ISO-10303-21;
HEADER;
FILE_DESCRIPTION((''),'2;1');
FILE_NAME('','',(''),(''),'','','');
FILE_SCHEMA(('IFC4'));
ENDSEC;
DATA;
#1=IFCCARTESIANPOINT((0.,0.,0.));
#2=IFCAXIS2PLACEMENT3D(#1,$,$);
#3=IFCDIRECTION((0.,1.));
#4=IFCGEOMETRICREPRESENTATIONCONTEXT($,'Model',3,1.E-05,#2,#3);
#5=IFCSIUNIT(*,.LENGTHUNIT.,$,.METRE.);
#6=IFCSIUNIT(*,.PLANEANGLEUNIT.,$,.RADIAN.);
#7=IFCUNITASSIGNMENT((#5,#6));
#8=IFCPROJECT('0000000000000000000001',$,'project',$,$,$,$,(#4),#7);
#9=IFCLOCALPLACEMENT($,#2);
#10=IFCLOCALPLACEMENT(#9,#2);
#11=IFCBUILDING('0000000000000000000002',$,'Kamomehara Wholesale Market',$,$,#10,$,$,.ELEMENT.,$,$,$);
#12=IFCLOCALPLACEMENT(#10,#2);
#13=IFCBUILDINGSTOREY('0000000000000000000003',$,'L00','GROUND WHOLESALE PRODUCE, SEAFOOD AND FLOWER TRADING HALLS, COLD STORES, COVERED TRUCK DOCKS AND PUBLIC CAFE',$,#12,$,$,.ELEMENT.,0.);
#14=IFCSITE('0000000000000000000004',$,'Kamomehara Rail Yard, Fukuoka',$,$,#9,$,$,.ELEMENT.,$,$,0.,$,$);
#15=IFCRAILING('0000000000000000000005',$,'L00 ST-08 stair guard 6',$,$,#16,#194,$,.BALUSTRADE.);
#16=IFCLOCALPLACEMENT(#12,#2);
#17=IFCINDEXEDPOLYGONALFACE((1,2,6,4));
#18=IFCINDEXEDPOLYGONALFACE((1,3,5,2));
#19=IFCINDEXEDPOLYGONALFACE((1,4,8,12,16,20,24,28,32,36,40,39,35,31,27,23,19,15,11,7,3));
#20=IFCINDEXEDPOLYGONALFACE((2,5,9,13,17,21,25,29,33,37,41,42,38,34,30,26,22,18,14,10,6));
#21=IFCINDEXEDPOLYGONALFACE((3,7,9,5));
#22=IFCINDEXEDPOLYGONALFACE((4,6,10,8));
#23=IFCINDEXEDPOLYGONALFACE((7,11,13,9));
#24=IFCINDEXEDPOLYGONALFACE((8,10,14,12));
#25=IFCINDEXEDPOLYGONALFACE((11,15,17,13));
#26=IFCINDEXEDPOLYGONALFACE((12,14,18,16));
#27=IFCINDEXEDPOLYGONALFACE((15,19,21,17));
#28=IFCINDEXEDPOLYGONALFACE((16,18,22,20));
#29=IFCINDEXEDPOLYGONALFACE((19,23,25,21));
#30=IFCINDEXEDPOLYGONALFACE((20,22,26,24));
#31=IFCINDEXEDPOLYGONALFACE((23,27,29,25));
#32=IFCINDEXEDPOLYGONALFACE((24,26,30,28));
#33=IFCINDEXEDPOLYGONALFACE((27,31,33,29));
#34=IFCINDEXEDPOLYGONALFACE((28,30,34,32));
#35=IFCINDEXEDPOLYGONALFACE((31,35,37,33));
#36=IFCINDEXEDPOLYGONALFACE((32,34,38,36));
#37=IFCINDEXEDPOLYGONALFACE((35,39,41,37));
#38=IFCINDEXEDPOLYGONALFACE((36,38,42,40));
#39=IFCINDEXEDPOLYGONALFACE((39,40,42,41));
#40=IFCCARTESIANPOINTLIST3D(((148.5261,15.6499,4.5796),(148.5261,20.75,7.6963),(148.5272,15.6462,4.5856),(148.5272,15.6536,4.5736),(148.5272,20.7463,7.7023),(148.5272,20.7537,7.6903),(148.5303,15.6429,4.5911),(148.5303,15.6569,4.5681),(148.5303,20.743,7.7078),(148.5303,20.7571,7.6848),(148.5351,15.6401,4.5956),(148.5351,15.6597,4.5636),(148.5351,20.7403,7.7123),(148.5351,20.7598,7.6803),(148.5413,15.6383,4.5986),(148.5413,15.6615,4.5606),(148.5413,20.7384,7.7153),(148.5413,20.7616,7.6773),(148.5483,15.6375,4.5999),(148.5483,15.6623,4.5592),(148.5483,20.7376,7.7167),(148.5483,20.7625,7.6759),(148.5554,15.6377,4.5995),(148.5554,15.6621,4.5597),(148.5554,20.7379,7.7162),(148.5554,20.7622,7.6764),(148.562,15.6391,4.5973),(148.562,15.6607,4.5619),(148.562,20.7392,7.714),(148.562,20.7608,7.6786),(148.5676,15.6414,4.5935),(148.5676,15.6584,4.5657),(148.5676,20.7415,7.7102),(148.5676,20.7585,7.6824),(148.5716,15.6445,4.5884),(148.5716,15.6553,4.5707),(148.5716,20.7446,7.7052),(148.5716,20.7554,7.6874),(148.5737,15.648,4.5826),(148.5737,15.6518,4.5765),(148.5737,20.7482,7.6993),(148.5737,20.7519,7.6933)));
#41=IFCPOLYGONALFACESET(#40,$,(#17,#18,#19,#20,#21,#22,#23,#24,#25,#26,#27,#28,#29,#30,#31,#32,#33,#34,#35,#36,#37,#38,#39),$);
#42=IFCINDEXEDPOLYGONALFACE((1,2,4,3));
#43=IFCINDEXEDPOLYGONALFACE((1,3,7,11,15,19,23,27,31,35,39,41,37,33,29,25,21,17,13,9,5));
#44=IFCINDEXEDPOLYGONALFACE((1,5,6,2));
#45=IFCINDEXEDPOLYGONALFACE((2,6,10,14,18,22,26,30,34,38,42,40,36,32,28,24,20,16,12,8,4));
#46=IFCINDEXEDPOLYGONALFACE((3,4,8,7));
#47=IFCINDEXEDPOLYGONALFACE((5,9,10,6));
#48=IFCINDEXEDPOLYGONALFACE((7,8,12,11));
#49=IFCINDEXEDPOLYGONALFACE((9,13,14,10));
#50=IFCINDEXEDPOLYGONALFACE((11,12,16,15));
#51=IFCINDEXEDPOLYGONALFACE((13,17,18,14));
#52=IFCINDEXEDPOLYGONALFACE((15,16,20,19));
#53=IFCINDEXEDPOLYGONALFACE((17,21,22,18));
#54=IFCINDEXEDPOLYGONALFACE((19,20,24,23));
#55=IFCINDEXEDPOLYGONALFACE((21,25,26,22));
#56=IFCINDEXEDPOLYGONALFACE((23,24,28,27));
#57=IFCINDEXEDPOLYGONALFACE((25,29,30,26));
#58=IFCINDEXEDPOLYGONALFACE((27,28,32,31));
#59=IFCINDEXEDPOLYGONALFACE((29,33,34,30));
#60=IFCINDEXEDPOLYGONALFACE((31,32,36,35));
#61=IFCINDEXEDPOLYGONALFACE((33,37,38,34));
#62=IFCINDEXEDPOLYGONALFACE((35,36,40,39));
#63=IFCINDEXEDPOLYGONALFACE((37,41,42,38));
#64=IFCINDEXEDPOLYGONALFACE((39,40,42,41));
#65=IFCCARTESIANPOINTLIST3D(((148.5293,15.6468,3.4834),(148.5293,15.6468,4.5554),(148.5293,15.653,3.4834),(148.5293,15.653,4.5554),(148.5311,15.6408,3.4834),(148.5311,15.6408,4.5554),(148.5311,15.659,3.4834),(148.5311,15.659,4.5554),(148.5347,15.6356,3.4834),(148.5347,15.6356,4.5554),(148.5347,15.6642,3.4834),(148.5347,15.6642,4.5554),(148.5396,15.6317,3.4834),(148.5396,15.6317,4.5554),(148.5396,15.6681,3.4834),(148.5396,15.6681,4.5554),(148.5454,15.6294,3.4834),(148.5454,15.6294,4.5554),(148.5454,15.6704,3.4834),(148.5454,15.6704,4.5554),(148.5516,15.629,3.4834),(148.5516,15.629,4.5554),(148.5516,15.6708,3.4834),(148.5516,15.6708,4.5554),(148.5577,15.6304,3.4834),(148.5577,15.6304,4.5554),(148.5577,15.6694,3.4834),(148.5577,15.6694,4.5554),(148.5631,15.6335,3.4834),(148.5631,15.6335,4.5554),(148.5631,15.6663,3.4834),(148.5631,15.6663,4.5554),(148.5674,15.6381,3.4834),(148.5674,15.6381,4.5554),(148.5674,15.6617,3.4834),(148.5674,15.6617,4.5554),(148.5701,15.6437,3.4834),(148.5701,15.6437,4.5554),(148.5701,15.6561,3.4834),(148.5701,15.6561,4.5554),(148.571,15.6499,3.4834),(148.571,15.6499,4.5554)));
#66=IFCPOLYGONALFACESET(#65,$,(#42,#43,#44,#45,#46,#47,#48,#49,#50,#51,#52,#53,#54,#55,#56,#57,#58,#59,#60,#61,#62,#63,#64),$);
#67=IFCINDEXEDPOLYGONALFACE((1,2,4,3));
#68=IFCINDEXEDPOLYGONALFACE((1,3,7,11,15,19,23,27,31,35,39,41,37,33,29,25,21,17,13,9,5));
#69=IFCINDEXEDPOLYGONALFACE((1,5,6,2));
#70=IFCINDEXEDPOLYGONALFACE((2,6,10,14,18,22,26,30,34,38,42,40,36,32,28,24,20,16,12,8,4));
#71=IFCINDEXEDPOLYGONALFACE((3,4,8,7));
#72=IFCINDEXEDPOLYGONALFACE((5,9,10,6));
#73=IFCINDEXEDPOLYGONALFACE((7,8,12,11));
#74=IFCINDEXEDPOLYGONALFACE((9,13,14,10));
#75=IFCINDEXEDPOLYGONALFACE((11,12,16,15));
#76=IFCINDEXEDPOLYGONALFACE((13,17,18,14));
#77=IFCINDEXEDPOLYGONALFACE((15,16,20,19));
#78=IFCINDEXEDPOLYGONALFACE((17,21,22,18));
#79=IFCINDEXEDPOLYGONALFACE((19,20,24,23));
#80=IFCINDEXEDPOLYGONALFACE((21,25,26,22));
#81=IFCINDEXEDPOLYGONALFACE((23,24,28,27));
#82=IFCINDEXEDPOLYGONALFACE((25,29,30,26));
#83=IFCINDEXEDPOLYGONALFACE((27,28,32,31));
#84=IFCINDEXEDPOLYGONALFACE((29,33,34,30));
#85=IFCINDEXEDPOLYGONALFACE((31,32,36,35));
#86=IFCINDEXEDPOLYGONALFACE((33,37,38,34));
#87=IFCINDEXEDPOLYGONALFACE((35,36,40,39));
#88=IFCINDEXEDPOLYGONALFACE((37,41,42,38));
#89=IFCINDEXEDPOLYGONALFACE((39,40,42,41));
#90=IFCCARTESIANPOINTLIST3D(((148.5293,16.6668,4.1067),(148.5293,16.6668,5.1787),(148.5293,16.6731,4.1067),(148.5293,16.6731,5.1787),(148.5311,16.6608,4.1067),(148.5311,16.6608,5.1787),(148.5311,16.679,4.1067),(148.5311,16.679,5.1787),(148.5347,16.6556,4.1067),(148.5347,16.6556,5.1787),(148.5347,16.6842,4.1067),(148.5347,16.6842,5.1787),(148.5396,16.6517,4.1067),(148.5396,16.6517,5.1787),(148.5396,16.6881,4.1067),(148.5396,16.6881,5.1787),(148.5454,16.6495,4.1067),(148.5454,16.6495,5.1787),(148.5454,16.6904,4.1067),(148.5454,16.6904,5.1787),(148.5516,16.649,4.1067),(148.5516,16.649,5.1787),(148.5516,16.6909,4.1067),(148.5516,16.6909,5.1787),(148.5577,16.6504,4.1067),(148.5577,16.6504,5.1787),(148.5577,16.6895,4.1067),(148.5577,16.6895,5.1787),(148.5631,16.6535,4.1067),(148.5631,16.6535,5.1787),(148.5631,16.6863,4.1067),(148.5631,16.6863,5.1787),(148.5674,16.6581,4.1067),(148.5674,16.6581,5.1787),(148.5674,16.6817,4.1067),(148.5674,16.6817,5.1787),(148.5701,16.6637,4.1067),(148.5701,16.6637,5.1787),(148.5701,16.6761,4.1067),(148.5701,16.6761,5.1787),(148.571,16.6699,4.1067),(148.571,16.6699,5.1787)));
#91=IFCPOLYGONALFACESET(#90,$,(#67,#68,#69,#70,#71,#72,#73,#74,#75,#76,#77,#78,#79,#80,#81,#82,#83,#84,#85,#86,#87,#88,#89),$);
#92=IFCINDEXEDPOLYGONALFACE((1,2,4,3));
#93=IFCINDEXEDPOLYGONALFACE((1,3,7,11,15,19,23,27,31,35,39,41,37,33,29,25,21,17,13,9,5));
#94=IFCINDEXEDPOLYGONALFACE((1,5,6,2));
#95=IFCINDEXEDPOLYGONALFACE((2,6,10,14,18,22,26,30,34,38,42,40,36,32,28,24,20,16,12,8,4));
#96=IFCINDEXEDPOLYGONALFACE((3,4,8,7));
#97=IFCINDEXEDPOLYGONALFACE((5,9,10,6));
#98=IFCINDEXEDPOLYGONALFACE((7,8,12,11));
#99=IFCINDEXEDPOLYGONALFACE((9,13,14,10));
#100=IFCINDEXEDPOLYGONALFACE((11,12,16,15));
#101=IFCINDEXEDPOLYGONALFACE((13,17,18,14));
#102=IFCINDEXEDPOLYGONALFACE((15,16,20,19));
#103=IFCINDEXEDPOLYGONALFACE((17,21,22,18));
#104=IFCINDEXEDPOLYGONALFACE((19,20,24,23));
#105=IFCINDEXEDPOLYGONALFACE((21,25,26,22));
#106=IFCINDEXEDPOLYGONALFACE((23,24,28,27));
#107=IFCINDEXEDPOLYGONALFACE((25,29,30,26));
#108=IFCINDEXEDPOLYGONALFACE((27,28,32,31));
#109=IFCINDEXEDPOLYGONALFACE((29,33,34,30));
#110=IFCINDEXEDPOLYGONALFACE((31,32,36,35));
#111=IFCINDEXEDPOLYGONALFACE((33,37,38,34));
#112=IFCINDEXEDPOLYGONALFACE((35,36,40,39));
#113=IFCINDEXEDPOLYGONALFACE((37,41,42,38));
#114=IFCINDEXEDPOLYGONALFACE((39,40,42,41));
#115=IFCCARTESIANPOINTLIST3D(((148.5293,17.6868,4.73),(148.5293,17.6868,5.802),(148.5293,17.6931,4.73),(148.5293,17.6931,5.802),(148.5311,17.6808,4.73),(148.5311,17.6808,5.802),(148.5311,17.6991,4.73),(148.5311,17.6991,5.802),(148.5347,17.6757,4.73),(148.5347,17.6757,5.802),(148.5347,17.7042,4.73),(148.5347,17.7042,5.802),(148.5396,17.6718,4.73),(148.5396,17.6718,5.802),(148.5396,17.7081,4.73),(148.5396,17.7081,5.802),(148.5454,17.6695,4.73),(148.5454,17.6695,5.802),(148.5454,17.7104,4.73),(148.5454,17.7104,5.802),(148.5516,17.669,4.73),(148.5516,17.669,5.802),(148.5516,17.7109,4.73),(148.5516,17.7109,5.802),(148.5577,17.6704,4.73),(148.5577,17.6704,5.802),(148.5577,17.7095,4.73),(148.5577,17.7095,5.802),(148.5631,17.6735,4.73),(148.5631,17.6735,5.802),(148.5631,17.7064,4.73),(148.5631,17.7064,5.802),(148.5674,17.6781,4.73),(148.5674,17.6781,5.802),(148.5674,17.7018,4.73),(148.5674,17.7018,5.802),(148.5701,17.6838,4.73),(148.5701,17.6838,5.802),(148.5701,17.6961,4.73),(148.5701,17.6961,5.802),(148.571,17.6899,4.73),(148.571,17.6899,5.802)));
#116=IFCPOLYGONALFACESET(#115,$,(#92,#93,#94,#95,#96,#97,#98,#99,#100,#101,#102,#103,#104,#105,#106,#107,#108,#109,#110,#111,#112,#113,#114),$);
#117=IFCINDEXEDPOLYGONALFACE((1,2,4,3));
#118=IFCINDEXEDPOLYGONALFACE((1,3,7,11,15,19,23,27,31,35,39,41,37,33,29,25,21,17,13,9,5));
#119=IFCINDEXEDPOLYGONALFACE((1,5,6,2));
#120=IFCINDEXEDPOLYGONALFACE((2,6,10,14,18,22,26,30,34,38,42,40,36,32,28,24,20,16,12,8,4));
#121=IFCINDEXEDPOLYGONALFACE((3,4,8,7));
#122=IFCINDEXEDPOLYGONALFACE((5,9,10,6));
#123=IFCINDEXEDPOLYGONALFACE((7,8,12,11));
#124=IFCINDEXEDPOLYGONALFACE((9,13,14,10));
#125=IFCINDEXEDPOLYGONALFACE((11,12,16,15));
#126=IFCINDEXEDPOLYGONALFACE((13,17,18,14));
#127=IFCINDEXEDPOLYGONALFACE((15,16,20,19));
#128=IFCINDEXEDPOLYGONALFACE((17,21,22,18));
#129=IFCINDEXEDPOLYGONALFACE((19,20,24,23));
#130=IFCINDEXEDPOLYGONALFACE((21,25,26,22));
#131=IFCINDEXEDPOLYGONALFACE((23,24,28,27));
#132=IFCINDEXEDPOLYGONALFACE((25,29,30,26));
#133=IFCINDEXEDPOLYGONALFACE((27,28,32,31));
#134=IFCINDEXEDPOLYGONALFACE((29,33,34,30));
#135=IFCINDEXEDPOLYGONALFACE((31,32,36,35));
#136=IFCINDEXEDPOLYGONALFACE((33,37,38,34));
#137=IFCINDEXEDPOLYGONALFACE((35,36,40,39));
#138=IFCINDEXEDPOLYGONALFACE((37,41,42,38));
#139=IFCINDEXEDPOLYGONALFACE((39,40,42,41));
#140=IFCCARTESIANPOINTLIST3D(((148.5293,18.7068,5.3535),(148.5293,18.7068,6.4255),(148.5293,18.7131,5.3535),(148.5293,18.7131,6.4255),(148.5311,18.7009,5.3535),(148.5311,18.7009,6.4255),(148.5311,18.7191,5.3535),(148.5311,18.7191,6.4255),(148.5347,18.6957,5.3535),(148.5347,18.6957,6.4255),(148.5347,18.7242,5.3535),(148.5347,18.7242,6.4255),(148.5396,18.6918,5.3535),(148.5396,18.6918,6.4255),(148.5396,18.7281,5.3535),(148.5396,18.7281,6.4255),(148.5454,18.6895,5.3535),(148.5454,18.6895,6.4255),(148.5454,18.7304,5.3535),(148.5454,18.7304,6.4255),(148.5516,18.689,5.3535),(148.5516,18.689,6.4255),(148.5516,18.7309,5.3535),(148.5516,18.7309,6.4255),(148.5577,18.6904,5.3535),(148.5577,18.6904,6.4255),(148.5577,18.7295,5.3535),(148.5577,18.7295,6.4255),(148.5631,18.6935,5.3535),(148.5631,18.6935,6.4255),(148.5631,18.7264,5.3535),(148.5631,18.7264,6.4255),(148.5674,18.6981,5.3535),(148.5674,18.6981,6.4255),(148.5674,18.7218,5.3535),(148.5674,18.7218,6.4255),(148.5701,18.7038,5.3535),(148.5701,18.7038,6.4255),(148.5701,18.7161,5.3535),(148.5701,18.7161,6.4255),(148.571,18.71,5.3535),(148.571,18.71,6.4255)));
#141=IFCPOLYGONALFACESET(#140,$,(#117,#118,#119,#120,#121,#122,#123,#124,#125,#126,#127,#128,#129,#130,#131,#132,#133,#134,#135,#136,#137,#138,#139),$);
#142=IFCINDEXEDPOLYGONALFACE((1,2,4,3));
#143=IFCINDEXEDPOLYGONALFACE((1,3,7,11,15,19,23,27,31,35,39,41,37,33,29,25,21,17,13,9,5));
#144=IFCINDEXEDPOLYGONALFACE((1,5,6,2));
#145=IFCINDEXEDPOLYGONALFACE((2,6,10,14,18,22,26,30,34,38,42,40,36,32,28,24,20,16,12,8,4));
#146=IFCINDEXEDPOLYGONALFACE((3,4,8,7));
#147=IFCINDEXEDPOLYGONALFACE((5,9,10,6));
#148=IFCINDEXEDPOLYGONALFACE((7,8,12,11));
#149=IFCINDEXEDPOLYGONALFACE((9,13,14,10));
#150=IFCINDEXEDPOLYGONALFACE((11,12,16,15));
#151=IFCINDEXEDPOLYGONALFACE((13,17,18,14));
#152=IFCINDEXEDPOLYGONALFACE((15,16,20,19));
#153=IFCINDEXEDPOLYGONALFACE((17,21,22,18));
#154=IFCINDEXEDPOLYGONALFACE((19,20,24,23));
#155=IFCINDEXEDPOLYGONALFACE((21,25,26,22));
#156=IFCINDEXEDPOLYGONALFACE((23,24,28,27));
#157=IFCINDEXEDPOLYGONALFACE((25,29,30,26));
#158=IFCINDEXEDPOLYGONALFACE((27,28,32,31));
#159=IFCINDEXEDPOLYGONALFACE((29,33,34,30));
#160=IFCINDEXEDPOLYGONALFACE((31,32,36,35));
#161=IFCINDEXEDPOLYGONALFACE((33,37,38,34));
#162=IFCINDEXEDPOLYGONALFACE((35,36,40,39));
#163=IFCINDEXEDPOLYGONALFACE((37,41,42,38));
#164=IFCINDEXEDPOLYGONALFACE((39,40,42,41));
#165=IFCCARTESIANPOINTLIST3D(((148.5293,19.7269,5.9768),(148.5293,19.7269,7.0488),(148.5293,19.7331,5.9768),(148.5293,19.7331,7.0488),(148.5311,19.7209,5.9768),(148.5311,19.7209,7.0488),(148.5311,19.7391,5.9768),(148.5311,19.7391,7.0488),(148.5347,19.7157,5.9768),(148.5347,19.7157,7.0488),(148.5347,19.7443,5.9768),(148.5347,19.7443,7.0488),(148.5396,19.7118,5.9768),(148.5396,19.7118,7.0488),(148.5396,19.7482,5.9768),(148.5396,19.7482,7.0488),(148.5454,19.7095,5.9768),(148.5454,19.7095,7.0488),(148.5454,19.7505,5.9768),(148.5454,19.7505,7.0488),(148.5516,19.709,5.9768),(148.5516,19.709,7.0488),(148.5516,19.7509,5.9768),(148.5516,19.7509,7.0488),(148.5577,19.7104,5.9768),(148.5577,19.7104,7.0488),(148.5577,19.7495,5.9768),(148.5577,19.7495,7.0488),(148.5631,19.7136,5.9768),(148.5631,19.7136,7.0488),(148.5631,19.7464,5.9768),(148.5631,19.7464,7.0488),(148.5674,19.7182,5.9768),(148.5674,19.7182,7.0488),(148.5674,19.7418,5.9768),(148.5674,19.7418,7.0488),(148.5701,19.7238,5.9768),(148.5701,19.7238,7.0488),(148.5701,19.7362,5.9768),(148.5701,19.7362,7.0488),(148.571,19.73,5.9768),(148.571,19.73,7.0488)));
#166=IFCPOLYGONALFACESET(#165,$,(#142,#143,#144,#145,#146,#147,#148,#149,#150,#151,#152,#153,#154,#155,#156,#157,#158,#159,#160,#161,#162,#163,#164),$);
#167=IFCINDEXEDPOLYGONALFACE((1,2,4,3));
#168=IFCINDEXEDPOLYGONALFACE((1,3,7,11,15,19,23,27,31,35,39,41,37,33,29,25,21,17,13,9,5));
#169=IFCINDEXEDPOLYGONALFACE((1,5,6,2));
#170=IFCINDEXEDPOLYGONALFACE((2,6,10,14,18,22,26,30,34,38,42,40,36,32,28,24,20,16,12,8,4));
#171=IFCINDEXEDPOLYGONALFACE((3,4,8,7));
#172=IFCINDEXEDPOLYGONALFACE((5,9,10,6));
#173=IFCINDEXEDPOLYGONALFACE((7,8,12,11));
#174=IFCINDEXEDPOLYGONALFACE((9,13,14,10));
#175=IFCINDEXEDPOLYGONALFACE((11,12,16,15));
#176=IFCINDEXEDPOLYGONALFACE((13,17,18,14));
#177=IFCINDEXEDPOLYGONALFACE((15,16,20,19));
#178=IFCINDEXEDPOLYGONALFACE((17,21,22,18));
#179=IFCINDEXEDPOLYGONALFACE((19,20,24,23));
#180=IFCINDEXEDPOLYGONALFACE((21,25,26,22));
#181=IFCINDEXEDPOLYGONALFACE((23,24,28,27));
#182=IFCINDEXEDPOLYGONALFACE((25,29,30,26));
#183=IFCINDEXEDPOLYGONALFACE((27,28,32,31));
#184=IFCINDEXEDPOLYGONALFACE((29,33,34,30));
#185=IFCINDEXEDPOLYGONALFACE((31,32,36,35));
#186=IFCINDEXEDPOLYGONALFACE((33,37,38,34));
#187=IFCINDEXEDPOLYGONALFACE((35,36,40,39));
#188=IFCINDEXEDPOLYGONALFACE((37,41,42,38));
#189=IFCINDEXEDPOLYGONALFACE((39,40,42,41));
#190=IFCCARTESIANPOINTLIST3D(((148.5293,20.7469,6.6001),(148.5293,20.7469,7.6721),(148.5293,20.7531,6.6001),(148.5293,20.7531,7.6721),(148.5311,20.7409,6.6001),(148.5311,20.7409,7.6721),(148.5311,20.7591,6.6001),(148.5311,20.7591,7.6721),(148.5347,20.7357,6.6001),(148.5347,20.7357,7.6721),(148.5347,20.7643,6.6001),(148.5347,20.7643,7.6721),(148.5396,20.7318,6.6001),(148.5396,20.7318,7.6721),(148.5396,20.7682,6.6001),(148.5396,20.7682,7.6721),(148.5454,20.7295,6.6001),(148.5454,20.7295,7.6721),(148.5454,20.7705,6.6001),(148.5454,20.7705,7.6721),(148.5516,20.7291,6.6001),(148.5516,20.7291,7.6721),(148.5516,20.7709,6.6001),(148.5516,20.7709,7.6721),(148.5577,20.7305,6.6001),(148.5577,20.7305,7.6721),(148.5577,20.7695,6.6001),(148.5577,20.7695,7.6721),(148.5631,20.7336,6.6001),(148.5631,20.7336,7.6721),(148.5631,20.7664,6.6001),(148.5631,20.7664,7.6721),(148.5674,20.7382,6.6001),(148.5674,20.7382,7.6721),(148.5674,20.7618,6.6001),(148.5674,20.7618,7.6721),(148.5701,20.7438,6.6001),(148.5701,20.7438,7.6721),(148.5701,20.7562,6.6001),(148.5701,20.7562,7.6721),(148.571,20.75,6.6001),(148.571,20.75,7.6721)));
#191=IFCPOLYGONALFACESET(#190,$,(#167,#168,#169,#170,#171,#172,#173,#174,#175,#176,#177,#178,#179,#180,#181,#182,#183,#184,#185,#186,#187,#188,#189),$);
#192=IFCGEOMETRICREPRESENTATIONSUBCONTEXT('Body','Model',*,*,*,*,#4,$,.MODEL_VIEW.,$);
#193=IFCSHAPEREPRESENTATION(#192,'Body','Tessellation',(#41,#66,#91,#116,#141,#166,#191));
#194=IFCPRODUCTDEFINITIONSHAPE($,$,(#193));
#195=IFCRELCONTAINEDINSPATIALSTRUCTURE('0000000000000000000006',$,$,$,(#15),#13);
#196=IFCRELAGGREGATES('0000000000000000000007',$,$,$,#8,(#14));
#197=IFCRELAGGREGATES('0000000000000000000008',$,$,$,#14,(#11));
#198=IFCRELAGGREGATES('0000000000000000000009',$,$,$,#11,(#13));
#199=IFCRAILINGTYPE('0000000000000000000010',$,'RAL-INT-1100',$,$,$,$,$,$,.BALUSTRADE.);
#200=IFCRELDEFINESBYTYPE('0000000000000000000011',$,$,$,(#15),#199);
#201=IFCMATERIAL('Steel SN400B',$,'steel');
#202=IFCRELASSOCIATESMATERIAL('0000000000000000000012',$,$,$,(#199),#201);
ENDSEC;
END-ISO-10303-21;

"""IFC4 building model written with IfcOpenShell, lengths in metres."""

from ifc_helpers import new_model, si_unit, direction, frame, origin, origin_2d, place, context, subcontext, project, spatial, circle, extrude, material, type_object, element, save


model = new_model("IFC4")

# Units and contexts
model_context = context("Model", 3, precision=1e-05, world=origin(), true_north=direction((0.0, 1.0)))
body_context = subcontext(model_context, "Body", "Model", "MODEL_VIEW")
ifc_project = project(units=[si_unit("LENGTHUNIT", "METRE"), si_unit("PLANEANGLEUNIT", "RADIAN")], contexts=[model_context])

# Site, building, storey
site_placement = place(None, origin())
site = spatial("IfcSite", under=ifc_project, at=site_placement, Name="Kamomehara Rail Yard, Fukuoka", CompositionType="ELEMENT", RefElevation=0.0)
building_placement = place(site_placement, origin())
building = spatial("IfcBuilding", under=site, at=building_placement, Name="Kamomehara Wholesale Market", CompositionType="ELEMENT")
storey_placement = place(building_placement, origin())
storey = spatial("IfcBuildingStorey", under=building, at=storey_placement, Name="L00", Description="GROUND WHOLESALE PRODUCE, SEAFOOD AND FLOWER TRADING HALLS, COLD STORES, COVERED TRUCK DOCKS AND PUBLIC CAFE", CompositionType="ELEMENT", Elevation=0.0)

# Railing
ifc_material_1 = material(Name="Steel SN400B", Category="steel")
railing_type_1 = type_object("IfcRailingType", Name="RAL-INT-1100", PredefinedType="BALUSTRADE", material=ifc_material_1)
railing_1_placement = place(storey_placement, frame((148.55, 15.6499, 3.4834)))
element("IfcRailing", 1, at=railing_1_placement, inside=storey, type_object=railing_type_1, Name="L00 ST-08 stair guard 6", PredefinedType="BALUSTRADE", context=body_context, shape_type="SweptSolid", body=[
    extrude(circle(Radius=0.0239, at=origin_2d()), frame((0.0, 0.0, 1.0962), z_axis=(0.0, 0.853284, 0.521447), x_axis=(-1.0, 0.0, 0.0)), (0.0, 0.0, 1.0), 5.9771),
    extrude(circle(Radius=0.021, at=origin_2d()), origin(), (0.0, 0.0, 1.0), 1.072),
    extrude(circle(Radius=0.021, at=origin_2d()), frame((0.0, 1.02, 0.6233)), (0.0, 0.0, 1.0), 1.072),
    extrude(circle(Radius=0.021, at=origin_2d()), frame((0.0, 2.04, 1.2466)), (0.0, 0.0, 1.0), 1.072),
    extrude(circle(Radius=0.021, at=origin_2d()), frame((0.0, 3.0601, 1.8701)), (0.0, 0.0, 1.0), 1.072),
    extrude(circle(Radius=0.021, at=origin_2d()), frame((0.0, 4.0801, 2.4934)), (0.0, 0.0, 1.0), 1.072),
    extrude(circle(Radius=0.021, at=origin_2d()), frame((0.0, 5.1001, 3.1167)), (0.0, 0.0, 1.0), 1.072),
])

save(model, "model.ifc")
